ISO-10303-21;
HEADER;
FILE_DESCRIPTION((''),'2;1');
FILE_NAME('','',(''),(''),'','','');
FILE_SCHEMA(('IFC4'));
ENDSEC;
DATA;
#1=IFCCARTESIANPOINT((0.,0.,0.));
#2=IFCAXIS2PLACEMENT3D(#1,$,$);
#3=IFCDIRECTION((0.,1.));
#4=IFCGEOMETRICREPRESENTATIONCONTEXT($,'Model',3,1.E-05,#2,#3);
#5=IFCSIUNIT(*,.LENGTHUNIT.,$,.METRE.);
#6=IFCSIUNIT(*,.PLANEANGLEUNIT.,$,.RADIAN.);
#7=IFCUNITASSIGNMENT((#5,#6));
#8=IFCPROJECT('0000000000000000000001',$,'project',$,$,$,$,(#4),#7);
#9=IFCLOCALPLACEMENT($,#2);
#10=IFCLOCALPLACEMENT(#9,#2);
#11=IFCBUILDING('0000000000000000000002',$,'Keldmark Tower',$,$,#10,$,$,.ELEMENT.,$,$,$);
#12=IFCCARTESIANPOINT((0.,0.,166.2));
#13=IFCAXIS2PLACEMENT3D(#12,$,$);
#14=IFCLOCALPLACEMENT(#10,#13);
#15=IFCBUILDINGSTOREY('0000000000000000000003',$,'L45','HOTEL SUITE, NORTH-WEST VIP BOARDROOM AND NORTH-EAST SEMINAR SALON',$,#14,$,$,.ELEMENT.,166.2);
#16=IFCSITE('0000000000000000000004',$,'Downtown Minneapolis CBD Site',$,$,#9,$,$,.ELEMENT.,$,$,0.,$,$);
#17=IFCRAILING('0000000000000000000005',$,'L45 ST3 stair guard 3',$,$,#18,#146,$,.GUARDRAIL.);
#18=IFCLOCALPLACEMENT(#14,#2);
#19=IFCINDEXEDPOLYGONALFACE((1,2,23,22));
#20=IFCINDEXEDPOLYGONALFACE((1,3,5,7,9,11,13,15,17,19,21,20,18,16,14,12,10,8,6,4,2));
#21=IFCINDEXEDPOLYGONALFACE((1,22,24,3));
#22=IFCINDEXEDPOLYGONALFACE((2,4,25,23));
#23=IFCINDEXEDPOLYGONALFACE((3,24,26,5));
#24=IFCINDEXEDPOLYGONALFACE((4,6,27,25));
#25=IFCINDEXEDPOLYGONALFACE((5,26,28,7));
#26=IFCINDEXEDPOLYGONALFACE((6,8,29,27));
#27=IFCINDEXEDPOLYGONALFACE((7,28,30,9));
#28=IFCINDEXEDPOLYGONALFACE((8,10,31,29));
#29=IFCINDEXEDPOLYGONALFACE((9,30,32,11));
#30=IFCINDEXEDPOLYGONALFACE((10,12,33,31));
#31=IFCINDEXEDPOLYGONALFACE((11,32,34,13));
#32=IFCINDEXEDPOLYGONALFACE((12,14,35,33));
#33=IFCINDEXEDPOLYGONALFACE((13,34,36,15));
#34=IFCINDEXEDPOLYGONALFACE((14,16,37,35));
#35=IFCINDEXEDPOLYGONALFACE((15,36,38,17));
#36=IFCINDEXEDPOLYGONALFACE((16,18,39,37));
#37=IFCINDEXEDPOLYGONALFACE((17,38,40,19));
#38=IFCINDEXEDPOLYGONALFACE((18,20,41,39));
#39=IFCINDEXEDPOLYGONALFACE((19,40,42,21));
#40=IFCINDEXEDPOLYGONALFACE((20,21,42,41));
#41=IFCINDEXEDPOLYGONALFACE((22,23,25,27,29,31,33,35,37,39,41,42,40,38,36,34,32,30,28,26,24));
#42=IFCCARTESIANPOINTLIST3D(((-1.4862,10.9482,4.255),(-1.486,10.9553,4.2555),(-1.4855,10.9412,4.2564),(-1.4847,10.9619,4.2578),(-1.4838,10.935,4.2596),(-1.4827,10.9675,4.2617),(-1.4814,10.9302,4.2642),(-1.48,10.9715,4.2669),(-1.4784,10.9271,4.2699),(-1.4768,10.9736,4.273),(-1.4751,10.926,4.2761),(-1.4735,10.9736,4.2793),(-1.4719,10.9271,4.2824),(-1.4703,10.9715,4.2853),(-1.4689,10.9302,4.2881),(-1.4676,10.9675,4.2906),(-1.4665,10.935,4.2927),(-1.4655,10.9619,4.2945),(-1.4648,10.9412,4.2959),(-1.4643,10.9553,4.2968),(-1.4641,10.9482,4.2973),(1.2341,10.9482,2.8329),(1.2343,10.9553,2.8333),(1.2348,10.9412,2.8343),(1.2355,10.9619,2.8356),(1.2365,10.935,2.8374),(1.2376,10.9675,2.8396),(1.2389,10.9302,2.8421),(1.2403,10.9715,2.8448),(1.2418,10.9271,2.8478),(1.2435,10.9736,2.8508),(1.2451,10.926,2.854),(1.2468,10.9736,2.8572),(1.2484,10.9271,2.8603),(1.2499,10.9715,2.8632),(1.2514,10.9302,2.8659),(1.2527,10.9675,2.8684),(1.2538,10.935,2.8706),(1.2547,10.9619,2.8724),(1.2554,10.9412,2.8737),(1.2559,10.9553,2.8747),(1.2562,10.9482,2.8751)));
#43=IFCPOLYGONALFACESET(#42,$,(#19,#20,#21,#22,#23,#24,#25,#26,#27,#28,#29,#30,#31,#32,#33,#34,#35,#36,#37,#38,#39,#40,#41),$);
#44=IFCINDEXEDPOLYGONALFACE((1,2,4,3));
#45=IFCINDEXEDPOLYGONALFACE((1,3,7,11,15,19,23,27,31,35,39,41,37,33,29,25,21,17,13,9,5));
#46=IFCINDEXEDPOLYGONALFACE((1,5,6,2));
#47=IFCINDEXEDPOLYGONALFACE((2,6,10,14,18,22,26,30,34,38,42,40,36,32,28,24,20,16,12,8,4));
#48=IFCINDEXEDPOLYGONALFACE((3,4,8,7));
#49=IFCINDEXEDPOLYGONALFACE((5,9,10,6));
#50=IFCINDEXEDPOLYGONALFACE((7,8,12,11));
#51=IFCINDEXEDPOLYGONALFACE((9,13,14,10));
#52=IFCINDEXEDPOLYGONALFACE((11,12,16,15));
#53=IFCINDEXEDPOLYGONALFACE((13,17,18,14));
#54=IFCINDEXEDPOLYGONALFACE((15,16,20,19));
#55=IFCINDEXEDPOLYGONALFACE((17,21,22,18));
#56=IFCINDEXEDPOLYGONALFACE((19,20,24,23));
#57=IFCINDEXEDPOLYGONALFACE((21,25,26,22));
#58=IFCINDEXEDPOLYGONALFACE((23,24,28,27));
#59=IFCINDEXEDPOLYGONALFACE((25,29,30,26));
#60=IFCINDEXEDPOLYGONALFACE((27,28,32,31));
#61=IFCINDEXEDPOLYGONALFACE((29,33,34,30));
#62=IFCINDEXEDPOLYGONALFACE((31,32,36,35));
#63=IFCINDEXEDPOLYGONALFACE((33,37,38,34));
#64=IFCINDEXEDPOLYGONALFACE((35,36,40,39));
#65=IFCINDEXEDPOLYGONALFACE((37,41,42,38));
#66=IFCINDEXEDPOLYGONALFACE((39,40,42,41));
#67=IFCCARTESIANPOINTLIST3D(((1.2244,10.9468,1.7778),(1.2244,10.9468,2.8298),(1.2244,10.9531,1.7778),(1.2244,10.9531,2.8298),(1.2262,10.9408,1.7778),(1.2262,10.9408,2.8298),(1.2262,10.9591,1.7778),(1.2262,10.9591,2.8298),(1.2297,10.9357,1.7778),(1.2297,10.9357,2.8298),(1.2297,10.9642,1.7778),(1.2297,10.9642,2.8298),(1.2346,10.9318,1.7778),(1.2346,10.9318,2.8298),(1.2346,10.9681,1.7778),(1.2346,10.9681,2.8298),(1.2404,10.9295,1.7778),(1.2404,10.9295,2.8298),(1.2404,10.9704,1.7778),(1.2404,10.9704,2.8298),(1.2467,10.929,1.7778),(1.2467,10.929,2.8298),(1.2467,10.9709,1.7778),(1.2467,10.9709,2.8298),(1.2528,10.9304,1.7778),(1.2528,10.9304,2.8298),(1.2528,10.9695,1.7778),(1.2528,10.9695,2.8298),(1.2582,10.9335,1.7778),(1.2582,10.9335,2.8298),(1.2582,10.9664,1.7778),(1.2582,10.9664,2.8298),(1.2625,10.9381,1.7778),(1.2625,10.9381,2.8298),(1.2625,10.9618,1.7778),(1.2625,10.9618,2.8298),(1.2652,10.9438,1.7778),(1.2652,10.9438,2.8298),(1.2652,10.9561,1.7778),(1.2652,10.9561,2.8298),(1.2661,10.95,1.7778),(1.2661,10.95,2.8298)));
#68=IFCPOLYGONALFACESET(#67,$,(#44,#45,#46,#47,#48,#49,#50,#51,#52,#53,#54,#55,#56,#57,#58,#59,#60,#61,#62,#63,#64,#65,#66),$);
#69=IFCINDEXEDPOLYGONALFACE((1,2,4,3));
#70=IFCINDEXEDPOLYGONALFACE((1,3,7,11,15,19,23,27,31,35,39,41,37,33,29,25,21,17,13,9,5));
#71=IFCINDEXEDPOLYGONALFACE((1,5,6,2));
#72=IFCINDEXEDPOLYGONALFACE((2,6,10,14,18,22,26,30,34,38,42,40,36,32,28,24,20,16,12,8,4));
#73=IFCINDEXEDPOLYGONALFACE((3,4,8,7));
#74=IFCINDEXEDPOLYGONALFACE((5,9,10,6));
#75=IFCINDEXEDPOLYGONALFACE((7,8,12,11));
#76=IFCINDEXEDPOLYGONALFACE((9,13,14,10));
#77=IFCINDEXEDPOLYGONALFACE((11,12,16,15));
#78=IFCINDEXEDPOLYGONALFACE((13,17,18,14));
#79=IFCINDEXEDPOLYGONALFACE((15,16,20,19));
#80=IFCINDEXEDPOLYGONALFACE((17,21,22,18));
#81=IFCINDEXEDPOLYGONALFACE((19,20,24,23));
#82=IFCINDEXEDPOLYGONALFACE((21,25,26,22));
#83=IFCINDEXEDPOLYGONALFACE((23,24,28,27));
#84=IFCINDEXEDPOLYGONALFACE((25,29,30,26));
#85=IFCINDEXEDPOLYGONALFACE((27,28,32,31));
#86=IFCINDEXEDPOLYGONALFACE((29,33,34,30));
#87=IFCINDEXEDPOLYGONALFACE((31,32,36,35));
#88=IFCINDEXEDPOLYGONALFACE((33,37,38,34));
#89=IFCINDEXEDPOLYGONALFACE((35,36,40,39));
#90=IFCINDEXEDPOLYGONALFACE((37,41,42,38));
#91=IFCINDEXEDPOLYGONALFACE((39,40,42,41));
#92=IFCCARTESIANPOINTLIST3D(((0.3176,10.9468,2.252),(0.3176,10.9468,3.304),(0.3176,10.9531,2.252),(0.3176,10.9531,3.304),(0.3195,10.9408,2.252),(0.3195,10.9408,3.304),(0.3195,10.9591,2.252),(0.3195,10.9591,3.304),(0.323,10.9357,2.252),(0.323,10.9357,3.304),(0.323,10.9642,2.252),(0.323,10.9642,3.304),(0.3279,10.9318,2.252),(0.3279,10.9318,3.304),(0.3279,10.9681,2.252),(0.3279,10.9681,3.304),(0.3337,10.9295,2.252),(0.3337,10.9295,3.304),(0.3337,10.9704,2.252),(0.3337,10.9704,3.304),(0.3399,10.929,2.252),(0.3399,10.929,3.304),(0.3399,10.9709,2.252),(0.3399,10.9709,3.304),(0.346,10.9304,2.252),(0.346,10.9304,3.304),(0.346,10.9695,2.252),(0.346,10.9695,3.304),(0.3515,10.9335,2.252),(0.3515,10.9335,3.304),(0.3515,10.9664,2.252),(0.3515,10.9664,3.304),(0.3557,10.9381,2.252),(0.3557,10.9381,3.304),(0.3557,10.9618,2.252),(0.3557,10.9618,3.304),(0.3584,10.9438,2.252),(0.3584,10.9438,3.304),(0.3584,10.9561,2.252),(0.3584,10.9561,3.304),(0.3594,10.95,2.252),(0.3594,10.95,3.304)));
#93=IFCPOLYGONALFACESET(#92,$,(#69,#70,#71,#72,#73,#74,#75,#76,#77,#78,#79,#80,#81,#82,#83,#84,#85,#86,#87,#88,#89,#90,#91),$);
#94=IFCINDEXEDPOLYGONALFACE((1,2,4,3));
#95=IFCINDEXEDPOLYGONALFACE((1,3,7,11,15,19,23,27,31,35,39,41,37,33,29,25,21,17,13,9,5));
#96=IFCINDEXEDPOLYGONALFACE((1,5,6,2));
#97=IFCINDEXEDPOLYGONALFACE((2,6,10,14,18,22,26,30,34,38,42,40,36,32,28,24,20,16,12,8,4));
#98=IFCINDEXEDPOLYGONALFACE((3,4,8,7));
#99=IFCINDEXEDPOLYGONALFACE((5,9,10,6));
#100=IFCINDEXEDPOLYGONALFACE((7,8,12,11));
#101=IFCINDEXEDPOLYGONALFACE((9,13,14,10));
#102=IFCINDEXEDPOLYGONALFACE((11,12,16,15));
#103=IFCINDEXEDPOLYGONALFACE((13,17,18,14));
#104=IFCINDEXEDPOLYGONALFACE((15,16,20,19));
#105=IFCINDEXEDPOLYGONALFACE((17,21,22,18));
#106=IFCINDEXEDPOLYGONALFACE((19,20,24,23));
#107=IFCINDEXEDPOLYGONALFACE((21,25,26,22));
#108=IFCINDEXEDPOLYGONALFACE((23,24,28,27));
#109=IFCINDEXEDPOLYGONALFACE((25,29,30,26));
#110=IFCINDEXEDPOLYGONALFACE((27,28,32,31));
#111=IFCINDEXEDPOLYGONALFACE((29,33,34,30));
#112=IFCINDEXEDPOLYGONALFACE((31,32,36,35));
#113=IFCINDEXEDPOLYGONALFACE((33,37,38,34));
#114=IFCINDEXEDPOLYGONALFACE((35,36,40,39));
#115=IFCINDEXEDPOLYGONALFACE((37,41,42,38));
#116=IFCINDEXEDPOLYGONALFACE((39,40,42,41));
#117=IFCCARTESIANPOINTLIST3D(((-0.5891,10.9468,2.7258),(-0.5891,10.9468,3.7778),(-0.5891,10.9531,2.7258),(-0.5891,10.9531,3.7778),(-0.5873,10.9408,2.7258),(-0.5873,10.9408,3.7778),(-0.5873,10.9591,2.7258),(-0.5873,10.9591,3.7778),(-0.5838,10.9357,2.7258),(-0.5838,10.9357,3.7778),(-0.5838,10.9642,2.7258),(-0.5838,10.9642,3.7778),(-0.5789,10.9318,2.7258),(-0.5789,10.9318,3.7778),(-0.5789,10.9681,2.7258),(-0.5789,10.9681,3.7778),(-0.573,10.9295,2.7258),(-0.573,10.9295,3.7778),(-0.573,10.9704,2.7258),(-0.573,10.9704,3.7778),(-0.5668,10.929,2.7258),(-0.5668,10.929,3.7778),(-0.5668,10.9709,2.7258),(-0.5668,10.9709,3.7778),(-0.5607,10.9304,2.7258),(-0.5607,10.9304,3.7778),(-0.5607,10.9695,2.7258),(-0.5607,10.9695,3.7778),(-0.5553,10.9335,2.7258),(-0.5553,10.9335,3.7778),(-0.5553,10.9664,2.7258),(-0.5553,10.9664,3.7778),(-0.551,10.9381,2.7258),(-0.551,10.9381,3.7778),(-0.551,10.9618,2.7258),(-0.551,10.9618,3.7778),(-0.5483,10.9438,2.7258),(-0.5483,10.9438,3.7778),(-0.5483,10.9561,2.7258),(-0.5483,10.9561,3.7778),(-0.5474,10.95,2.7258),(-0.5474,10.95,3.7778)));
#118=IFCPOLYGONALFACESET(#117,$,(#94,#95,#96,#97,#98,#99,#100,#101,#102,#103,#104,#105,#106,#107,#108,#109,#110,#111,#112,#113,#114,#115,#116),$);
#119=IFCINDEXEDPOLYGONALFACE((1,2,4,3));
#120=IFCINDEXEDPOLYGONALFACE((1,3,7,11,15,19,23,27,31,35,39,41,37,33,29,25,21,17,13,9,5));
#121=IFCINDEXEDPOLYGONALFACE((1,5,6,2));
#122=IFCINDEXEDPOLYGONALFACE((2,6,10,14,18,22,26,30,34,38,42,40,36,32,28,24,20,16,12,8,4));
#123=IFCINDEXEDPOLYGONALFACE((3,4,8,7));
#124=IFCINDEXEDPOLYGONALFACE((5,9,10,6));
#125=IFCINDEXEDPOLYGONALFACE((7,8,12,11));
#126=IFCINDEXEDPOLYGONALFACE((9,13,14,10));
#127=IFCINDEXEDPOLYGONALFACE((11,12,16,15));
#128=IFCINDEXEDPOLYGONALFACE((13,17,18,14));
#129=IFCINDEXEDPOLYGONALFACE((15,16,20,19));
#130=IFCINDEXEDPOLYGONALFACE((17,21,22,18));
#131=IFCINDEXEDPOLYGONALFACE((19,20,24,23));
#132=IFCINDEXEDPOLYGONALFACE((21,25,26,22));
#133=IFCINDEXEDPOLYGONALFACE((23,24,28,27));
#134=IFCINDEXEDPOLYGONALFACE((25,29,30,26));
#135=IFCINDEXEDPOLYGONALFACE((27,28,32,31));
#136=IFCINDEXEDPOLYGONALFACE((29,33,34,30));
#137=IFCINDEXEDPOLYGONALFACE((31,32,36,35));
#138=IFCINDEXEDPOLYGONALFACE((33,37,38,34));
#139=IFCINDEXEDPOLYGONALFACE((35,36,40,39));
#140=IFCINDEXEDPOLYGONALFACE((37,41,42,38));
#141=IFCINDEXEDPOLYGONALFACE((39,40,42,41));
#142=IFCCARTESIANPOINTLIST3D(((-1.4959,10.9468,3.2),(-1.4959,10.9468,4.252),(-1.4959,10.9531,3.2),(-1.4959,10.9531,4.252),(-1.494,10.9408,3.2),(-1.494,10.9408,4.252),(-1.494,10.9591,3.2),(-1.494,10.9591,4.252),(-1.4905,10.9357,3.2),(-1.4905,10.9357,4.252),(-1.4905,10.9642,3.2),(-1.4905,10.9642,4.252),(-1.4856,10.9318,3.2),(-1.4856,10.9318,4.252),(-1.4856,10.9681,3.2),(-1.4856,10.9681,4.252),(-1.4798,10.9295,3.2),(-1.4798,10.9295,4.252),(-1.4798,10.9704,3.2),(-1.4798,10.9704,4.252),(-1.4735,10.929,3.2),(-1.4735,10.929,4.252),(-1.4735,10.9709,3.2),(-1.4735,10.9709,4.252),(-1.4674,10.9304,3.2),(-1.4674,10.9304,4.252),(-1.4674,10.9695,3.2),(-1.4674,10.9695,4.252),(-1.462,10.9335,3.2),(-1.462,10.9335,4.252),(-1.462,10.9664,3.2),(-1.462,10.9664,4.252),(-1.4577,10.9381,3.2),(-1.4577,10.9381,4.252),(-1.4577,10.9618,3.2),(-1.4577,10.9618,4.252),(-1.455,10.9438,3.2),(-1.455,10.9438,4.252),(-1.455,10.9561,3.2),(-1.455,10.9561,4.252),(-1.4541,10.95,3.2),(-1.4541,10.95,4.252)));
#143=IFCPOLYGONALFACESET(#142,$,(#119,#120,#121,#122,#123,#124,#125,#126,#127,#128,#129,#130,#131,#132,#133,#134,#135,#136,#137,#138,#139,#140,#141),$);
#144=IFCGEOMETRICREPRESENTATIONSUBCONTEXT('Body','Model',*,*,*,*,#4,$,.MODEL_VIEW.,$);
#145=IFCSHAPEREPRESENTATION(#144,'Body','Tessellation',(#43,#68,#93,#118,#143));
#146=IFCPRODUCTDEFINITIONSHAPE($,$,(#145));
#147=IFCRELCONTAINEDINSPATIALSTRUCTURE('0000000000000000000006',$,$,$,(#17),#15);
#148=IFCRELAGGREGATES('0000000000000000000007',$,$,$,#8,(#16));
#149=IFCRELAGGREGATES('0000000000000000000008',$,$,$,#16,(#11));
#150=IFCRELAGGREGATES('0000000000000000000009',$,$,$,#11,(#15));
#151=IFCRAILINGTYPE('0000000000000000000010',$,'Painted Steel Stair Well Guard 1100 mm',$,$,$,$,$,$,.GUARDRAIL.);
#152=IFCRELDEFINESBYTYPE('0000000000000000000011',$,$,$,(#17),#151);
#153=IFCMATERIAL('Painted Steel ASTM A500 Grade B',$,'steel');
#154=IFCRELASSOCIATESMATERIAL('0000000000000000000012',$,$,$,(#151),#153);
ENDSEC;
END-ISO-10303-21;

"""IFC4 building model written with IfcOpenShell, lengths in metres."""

from ifc_helpers import new_model, si_unit, direction, frame, origin, origin_2d, place, context, subcontext, project, spatial, circle, extrude, material, type_object, element, save


model = new_model("IFC4")

# Units and contexts
model_context = context("Model", 3, precision=1e-05, world=origin(), true_north=direction((0.0, 1.0)))
body_context = subcontext(model_context, "Body", "Model", "MODEL_VIEW")
ifc_project = project(units=[si_unit("LENGTHUNIT", "METRE"), si_unit("PLANEANGLEUNIT", "RADIAN")], contexts=[model_context])

# Site, building, storey
site_placement = place(None, origin())
site = spatial("IfcSite", under=ifc_project, at=site_placement, Name="Downtown Minneapolis CBD Site", CompositionType="ELEMENT", RefElevation=0.0)
building_placement = place(site_placement, origin())
building = spatial("IfcBuilding", under=site, at=building_placement, Name="Keldmark Tower", CompositionType="ELEMENT")
storey_placement = place(building_placement, frame((0.0, 0.0, 166.2)))
storey = spatial("IfcBuildingStorey", under=building, at=storey_placement, Name="L45", Description="HOTEL SUITE, NORTH-WEST VIP BOARDROOM AND NORTH-EAST SEMINAR SALON", CompositionType="ELEMENT", Elevation=166.2)

# Railing
ifc_material_1 = material(Name="Painted Steel ASTM A500 Grade B", Category="steel")
railing_type_1 = type_object("IfcRailingType", Name="Painted Steel Stair Well Guard 1100 mm", PredefinedType="GUARDRAIL", material=ifc_material_1)
railing_1_placement = place(storey_placement, frame((1.2451, 10.95, 1.7778)))
element("IfcRailing", 1, at=railing_1_placement, inside=storey, type_object=railing_type_1, Name="L45 ST3 stair guard 3", PredefinedType="GUARDRAIL", context=body_context, shape_type="SweptSolid", body=[
    extrude(circle(Radius=0.0239, at=origin_2d()), frame((0.0, 0.0, 1.0762), z_axis=(-0.8862, 0.0, 0.463302), x_axis=(0.0, -1.0, 0.0)), (0.0, 0.0, 1.0), 3.0696),
    extrude(circle(Radius=0.021, at=origin_2d()), origin(), (0.0, 0.0, 1.0), 1.052),
    extrude(circle(Radius=0.021, at=origin_2d()), frame((-0.9067, 0.0, 0.4741)), (0.0, 0.0, 1.0), 1.052),
    extrude(circle(Radius=0.021, at=origin_2d()), frame((-1.8135, 0.0, 0.948)), (0.0, 0.0, 1.0), 1.052),
    extrude(circle(Radius=0.021, at=origin_2d()), frame((-2.7202, 0.0, 1.4221)), (0.0, 0.0, 1.0), 1.052),
])

save(model, "model.ifc")
